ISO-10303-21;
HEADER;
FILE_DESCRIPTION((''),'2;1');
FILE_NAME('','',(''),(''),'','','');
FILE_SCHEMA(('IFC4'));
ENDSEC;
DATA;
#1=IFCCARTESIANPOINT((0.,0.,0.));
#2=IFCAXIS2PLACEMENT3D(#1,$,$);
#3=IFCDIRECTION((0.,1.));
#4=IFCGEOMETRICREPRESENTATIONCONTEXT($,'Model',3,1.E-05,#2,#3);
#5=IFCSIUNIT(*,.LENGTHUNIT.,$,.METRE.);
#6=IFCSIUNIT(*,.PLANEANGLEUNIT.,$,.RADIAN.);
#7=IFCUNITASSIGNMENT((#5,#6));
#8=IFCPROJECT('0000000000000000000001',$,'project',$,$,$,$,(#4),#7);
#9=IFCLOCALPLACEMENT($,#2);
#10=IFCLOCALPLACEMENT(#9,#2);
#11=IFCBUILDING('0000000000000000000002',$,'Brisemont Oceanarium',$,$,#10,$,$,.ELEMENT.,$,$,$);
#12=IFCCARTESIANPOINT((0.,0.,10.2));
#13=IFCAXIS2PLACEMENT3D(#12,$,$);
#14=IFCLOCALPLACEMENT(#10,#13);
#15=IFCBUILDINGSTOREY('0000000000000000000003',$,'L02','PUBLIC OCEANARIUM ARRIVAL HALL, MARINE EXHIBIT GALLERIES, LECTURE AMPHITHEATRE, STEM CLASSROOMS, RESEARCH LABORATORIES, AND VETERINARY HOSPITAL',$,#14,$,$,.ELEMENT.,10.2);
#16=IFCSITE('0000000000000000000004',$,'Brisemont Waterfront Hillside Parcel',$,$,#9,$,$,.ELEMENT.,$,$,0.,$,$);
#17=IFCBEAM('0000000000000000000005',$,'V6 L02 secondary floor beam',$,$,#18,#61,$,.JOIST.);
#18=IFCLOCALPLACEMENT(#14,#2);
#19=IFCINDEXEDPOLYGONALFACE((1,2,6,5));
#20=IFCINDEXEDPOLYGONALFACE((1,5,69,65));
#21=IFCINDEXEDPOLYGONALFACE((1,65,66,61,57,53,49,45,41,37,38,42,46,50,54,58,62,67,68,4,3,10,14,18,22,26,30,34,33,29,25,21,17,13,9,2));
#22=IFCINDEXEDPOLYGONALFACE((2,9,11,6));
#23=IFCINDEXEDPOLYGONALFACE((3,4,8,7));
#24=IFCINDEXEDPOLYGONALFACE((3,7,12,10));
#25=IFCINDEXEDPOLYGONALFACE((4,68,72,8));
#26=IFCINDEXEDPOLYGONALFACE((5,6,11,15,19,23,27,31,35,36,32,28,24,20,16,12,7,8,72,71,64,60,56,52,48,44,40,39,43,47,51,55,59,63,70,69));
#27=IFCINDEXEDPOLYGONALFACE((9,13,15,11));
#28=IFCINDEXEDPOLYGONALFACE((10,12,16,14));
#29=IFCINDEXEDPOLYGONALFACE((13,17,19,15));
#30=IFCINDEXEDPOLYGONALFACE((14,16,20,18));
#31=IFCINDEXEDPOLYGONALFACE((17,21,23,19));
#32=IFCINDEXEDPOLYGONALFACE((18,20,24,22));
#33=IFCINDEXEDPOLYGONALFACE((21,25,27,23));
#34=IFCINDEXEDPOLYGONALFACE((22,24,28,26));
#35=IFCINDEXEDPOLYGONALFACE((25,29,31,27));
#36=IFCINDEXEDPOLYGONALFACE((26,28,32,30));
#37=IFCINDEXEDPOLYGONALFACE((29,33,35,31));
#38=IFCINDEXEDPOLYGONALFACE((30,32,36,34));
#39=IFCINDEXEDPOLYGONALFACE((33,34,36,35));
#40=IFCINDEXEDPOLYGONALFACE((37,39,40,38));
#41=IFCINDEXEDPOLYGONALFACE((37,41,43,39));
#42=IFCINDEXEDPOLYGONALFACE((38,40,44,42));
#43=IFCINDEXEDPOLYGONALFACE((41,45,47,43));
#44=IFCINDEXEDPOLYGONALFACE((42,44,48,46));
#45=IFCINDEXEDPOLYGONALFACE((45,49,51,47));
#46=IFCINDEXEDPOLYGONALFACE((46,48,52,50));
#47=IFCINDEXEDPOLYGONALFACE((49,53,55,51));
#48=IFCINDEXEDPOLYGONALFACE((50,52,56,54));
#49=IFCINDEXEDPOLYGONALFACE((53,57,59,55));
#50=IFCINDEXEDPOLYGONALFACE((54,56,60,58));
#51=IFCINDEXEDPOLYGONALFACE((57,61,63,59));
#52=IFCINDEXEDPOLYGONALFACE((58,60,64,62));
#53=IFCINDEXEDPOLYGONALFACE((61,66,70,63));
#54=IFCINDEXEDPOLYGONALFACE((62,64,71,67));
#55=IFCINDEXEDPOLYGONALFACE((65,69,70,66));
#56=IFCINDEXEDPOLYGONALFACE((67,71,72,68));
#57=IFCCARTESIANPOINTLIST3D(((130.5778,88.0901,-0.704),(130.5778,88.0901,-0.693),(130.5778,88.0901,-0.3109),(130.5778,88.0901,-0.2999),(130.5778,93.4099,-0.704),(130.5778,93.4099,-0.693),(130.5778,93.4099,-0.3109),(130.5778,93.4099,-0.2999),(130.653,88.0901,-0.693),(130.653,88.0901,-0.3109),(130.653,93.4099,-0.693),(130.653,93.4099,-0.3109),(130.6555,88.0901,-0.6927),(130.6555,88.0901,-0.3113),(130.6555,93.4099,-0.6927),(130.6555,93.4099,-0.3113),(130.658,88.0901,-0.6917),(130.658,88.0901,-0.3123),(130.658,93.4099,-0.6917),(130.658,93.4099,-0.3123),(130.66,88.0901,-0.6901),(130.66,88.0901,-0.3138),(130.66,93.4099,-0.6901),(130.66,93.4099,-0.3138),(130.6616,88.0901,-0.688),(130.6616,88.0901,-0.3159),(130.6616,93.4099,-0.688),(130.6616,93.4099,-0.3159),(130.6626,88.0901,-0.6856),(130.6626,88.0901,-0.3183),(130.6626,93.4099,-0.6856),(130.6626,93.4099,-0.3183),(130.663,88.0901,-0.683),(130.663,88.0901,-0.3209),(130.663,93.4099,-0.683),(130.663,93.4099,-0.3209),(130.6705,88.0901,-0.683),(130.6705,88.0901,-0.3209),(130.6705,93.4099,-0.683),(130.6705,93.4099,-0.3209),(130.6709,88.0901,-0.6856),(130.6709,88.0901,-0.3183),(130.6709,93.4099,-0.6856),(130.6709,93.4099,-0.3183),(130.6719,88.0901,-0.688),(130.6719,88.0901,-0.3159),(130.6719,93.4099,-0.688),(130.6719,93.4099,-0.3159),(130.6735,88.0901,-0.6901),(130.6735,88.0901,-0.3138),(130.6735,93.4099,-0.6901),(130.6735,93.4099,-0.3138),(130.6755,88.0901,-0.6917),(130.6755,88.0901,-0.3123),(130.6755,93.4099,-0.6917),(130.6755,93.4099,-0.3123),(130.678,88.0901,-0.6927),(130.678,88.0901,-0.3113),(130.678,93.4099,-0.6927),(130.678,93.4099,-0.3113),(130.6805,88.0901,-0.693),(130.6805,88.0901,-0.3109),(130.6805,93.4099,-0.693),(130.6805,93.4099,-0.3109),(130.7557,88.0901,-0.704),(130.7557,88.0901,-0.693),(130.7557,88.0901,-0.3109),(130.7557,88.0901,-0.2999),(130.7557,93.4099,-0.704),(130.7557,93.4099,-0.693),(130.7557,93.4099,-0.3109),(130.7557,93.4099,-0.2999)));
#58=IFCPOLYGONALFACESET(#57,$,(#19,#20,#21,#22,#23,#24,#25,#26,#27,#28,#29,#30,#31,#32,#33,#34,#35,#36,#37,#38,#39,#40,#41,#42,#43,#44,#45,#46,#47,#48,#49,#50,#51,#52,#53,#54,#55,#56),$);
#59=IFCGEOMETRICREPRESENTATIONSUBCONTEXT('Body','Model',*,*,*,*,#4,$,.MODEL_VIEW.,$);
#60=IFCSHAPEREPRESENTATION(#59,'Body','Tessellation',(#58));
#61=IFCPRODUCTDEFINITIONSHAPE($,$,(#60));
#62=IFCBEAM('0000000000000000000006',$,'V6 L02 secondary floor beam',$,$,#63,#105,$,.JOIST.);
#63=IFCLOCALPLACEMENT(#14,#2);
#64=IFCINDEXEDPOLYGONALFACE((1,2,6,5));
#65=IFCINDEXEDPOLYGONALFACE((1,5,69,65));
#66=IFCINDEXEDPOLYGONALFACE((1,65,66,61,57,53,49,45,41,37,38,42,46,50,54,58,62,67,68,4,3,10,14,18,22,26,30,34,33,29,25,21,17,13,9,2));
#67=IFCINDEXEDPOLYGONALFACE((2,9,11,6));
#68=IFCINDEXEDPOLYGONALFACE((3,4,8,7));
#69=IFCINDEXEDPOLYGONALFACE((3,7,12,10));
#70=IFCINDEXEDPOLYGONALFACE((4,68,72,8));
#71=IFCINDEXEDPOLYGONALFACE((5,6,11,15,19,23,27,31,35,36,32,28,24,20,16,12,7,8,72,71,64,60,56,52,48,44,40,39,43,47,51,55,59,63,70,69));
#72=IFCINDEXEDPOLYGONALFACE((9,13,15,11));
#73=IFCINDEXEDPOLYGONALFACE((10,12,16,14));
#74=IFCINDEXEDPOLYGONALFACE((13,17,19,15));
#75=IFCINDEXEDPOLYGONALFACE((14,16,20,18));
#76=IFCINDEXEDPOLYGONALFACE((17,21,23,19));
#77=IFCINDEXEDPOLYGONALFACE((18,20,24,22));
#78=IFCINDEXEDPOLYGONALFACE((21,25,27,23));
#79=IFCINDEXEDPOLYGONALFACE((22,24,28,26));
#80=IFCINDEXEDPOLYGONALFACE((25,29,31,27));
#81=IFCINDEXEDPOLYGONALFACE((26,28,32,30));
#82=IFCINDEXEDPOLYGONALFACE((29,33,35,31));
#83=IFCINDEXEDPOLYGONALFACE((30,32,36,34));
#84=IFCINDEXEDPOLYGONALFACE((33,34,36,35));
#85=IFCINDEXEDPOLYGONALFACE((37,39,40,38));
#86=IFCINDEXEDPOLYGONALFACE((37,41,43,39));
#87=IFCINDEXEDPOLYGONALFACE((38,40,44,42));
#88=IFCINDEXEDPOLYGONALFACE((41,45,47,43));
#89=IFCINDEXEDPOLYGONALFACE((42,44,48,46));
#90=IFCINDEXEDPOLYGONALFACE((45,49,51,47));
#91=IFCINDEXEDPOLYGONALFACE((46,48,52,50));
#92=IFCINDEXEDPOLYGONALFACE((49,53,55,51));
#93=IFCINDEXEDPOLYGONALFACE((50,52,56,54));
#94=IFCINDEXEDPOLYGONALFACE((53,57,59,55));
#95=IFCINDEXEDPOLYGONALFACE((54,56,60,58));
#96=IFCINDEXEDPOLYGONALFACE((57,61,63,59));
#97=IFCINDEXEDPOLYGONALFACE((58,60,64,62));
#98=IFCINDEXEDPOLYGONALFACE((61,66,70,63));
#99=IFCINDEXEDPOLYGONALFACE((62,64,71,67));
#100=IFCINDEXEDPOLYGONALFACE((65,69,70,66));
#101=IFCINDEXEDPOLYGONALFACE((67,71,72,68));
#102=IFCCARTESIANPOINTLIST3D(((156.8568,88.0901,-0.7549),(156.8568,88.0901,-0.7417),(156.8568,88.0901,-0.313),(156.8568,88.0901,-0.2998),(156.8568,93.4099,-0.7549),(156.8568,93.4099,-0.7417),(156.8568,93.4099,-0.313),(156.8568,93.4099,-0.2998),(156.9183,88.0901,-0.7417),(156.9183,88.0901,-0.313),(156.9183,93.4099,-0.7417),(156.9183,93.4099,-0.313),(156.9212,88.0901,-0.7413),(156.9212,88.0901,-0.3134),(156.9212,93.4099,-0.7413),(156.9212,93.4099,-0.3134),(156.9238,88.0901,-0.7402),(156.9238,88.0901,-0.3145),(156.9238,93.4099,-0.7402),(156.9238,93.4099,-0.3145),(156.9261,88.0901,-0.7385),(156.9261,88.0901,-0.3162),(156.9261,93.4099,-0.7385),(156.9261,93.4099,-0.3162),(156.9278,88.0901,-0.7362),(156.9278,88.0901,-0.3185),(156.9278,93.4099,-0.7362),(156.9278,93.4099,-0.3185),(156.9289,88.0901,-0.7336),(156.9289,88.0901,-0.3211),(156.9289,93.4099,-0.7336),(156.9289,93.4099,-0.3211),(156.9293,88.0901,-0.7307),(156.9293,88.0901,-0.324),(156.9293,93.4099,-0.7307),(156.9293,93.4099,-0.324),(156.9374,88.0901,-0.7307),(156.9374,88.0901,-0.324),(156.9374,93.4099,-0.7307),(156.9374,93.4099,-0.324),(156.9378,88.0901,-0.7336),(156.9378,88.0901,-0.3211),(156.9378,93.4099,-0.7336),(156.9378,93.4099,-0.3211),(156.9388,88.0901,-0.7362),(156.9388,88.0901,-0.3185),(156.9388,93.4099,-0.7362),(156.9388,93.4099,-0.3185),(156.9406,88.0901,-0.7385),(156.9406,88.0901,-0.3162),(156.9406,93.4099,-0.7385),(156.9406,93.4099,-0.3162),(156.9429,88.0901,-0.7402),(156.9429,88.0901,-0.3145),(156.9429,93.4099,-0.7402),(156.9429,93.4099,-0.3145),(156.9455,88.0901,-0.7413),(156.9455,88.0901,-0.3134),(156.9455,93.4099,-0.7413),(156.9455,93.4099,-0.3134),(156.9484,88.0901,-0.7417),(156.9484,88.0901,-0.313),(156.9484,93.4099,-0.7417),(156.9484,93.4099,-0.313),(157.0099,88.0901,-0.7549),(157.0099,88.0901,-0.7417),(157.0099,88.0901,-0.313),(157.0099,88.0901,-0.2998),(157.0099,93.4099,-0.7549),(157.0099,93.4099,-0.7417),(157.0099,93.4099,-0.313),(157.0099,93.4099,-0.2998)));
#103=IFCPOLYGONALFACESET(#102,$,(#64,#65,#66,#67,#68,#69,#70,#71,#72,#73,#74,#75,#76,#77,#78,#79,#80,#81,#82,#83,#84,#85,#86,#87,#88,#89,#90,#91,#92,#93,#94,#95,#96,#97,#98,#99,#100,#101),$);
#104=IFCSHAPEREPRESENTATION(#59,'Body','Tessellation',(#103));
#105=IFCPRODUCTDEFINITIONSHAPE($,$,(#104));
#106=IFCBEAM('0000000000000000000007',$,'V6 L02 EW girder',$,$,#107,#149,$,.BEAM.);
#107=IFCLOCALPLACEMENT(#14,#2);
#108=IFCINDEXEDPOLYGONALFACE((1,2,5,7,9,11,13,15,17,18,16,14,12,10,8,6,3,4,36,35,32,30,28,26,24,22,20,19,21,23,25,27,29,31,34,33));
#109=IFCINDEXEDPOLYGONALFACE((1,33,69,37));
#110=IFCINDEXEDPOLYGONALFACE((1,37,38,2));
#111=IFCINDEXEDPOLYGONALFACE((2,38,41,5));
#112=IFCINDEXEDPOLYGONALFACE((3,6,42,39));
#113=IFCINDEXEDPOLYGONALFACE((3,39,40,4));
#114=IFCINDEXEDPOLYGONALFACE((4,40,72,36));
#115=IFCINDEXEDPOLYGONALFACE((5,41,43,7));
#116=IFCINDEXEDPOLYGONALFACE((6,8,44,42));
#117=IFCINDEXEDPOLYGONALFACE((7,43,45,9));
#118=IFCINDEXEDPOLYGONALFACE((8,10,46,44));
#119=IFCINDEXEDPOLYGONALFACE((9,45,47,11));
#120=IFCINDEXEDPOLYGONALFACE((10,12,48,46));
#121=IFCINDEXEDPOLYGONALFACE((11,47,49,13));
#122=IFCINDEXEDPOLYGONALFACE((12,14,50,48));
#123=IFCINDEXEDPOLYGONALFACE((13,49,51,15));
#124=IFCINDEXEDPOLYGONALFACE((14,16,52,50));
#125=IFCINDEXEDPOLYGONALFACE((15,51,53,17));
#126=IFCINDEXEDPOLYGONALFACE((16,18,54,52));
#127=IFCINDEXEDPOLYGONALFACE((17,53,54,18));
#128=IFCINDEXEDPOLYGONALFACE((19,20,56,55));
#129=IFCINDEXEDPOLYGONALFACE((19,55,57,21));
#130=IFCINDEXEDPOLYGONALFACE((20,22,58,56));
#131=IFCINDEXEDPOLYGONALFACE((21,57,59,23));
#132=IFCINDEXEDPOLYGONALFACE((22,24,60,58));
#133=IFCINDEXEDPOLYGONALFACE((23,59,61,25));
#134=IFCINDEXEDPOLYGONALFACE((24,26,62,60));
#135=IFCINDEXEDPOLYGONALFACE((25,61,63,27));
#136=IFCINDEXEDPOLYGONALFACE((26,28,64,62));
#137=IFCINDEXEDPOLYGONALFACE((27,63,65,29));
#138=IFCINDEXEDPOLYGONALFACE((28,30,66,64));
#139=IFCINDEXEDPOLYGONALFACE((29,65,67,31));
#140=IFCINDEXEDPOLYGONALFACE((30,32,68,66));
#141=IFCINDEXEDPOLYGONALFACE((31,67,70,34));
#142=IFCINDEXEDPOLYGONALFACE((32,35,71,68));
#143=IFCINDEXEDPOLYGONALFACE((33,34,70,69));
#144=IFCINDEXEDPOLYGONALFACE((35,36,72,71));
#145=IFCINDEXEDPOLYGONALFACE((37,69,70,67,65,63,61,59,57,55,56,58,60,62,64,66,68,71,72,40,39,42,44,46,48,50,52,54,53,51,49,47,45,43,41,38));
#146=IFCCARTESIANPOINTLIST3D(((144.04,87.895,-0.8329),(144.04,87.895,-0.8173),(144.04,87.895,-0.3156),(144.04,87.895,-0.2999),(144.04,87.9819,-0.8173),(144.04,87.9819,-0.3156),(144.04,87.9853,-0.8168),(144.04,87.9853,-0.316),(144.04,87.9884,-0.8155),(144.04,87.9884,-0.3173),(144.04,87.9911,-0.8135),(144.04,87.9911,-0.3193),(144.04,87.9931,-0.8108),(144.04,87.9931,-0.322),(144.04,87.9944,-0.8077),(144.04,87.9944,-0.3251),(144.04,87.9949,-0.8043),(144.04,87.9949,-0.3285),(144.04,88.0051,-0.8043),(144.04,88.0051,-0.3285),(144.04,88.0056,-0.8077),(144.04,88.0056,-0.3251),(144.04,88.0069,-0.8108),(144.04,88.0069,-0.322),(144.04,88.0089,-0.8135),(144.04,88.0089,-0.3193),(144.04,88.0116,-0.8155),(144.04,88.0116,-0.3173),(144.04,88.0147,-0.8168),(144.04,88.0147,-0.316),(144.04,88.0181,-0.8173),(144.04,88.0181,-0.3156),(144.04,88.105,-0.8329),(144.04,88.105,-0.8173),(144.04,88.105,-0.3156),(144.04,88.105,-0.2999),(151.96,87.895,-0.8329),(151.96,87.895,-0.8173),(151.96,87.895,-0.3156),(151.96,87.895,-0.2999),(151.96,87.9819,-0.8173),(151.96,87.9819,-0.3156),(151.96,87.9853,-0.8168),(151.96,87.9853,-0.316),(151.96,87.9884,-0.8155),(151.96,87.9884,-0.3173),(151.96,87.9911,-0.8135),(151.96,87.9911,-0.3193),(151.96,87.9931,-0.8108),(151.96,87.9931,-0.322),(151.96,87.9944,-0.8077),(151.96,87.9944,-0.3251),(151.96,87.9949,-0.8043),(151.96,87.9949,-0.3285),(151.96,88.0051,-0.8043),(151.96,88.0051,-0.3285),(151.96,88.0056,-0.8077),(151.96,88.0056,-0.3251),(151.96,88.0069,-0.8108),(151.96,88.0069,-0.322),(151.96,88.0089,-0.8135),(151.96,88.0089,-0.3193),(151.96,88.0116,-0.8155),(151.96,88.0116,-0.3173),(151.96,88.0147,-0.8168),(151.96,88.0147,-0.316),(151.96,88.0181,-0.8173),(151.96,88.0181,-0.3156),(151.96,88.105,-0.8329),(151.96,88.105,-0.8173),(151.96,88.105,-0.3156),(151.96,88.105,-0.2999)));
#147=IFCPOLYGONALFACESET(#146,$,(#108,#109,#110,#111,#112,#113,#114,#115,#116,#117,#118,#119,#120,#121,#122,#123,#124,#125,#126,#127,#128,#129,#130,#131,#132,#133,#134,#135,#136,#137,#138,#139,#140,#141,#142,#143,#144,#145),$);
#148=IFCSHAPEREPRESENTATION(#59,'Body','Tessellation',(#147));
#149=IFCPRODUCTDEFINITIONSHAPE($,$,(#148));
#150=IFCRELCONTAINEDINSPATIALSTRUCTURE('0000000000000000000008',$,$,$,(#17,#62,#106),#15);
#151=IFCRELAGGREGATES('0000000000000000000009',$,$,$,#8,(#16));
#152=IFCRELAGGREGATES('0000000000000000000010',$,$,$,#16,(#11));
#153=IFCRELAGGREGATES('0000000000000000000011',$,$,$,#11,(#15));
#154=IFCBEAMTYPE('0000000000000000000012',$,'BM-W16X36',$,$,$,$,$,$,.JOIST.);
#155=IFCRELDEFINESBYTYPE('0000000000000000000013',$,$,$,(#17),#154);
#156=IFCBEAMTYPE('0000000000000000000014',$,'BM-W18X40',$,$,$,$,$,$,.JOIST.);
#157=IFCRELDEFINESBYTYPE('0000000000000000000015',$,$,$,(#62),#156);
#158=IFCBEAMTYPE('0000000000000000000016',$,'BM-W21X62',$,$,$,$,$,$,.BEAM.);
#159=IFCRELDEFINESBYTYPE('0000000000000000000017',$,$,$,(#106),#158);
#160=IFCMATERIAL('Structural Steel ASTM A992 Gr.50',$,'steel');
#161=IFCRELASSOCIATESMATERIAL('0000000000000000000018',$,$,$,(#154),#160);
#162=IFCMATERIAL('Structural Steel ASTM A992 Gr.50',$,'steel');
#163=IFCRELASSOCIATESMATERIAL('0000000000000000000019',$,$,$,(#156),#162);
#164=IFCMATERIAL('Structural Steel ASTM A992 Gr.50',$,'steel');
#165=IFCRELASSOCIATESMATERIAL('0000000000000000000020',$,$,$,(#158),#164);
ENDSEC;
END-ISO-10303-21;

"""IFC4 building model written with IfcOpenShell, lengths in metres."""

from ifc_helpers import new_model, si_unit, direction, frame, origin, origin_2d, place, context, subcontext, project, spatial, i_section, extrude, material, material_profile, profile_set, type_object, element, save


model = new_model("IFC4")

# Units and contexts
model_context = context("Model", 3, precision=1e-05, world=origin(), true_north=direction((0.0, 1.0)))
body_context = subcontext(model_context, "Body", "Model", "MODEL_VIEW")
ifc_project = project(units=[si_unit("LENGTHUNIT", "METRE"), si_unit("PLANEANGLEUNIT", "RADIAN")], contexts=[model_context])

# Site, building, storey
site_placement = place(None, origin())
site = spatial("IfcSite", under=ifc_project, at=site_placement, Name="Brisemont Waterfront Hillside Parcel", CompositionType="ELEMENT", RefElevation=0.0)
building_placement = place(site_placement, origin())
building = spatial("IfcBuilding", under=site, at=building_placement, Name="Brisemont Oceanarium", CompositionType="ELEMENT")
storey_placement = place(building_placement, frame((0.0, 0.0, 10.2)))
storey = spatial("IfcBuildingStorey", under=building, at=storey_placement, Name="L02", Description="PUBLIC OCEANARIUM ARRIVAL HALL, MARINE EXHIBIT GALLERIES, LECTURE AMPHITHEATRE, STEM CLASSROOMS, RESEARCH LABORATORIES, AND VETERINARY HOSPITAL", CompositionType="ELEMENT", Elevation=10.2)

# Beams
ifc_material_1 = material(Name="Structural Steel ASTM A992 Gr.50", Category="steel")
ifc_material_profile_1 = material_profile(ifc_material_1, i_section(OverallWidth=0.178, OverallDepth=0.4041, WebThickness=0.0076, FlangeThickness=0.011, FilletRadius=0.01, at=origin_2d()), Name="W16X36")
ifc_profile_set_1 = profile_set([ifc_material_profile_1], Name="Structural Steel ASTM A992 Gr.50")
beam_type_1 = type_object("IfcBeamType", Name="BM-W16X36", PredefinedType="JOIST", material=ifc_profile_set_1)
beam_1_placement = place(storey_placement, frame((130.6667, 88.0901, -0.502), z_axis=(0.0, 1.0, 0.0), x_axis=(-1.0, 0.0, 0.0)))
element("IfcBeam", 1, at=beam_1_placement, inside=storey, type_object=beam_type_1, Name="V6 L02 secondary floor beam", PredefinedType="JOIST", context=body_context, shape_type="SweptSolid", body=[
    extrude(i_section(OverallWidth=0.178, OverallDepth=0.4041, WebThickness=0.0076, FlangeThickness=0.011, FilletRadius=0.01, at=origin_2d()), origin(), (0.0, 0.0, 1.0), 5.3198),
])
ifc_material_2 = material(Name="Structural Steel ASTM A992 Gr.50", Category="steel")
ifc_material_profile_2 = material_profile(ifc_material_2, i_section(OverallWidth=0.1531, OverallDepth=0.4551, WebThickness=0.0081, FlangeThickness=0.0132, FilletRadius=0.011, at=origin_2d()), Name="W18X40")
ifc_profile_set_2 = profile_set([ifc_material_profile_2], Name="Structural Steel ASTM A992 Gr.50")
beam_type_2 = type_object("IfcBeamType", Name="BM-W18X40", PredefinedType="JOIST", material=ifc_profile_set_2)
beam_2_placement = place(storey_placement, frame((156.9333, 88.0901, -0.5273), z_axis=(0.0, 1.0, 0.0), x_axis=(-1.0, 0.0, 0.0)))
element("IfcBeam", 2, at=beam_2_placement, inside=storey, type_object=beam_type_2, Name="V6 L02 secondary floor beam", PredefinedType="JOIST", context=body_context, shape_type="SweptSolid", body=[
    extrude(i_section(OverallWidth=0.1531, OverallDepth=0.4551, WebThickness=0.0081, FlangeThickness=0.0132, FilletRadius=0.011, at=origin_2d()), origin(), (0.0, 0.0, 1.0), 5.3198),
])
ifc_material_3 = material(Name="Structural Steel ASTM A992 Gr.50", Category="steel")
ifc_material_profile_3 = material_profile(ifc_material_3, i_section(OverallWidth=0.21, OverallDepth=0.533, WebThickness=0.0103, FlangeThickness=0.0156, FilletRadius=0.0129, at=origin_2d()), Name="W21X62")
ifc_profile_set_3 = profile_set([ifc_material_profile_3], Name="Structural Steel ASTM A992 Gr.50")
beam_type_3 = type_object("IfcBeamType", Name="BM-W21X62", PredefinedType="BEAM", material=ifc_profile_set_3)
beam_3_placement = place(storey_placement, frame((144.04, 88.0, -0.5664), z_axis=(1.0, 0.0, 0.0), x_axis=(0.0, 1.0, 0.0)))
element("IfcBeam", 3, at=beam_3_placement, inside=storey, type_object=beam_type_3, Name="V6 L02 EW girder", PredefinedType="BEAM", context=body_context, shape_type="SweptSolid", body=[
    extrude(i_section(OverallWidth=0.21, OverallDepth=0.533, WebThickness=0.0103, FlangeThickness=0.0156, FilletRadius=0.0129, at=origin_2d()), origin(), (0.0, 0.0, 1.0), 7.9199),
])

save(model, "model.ifc")
